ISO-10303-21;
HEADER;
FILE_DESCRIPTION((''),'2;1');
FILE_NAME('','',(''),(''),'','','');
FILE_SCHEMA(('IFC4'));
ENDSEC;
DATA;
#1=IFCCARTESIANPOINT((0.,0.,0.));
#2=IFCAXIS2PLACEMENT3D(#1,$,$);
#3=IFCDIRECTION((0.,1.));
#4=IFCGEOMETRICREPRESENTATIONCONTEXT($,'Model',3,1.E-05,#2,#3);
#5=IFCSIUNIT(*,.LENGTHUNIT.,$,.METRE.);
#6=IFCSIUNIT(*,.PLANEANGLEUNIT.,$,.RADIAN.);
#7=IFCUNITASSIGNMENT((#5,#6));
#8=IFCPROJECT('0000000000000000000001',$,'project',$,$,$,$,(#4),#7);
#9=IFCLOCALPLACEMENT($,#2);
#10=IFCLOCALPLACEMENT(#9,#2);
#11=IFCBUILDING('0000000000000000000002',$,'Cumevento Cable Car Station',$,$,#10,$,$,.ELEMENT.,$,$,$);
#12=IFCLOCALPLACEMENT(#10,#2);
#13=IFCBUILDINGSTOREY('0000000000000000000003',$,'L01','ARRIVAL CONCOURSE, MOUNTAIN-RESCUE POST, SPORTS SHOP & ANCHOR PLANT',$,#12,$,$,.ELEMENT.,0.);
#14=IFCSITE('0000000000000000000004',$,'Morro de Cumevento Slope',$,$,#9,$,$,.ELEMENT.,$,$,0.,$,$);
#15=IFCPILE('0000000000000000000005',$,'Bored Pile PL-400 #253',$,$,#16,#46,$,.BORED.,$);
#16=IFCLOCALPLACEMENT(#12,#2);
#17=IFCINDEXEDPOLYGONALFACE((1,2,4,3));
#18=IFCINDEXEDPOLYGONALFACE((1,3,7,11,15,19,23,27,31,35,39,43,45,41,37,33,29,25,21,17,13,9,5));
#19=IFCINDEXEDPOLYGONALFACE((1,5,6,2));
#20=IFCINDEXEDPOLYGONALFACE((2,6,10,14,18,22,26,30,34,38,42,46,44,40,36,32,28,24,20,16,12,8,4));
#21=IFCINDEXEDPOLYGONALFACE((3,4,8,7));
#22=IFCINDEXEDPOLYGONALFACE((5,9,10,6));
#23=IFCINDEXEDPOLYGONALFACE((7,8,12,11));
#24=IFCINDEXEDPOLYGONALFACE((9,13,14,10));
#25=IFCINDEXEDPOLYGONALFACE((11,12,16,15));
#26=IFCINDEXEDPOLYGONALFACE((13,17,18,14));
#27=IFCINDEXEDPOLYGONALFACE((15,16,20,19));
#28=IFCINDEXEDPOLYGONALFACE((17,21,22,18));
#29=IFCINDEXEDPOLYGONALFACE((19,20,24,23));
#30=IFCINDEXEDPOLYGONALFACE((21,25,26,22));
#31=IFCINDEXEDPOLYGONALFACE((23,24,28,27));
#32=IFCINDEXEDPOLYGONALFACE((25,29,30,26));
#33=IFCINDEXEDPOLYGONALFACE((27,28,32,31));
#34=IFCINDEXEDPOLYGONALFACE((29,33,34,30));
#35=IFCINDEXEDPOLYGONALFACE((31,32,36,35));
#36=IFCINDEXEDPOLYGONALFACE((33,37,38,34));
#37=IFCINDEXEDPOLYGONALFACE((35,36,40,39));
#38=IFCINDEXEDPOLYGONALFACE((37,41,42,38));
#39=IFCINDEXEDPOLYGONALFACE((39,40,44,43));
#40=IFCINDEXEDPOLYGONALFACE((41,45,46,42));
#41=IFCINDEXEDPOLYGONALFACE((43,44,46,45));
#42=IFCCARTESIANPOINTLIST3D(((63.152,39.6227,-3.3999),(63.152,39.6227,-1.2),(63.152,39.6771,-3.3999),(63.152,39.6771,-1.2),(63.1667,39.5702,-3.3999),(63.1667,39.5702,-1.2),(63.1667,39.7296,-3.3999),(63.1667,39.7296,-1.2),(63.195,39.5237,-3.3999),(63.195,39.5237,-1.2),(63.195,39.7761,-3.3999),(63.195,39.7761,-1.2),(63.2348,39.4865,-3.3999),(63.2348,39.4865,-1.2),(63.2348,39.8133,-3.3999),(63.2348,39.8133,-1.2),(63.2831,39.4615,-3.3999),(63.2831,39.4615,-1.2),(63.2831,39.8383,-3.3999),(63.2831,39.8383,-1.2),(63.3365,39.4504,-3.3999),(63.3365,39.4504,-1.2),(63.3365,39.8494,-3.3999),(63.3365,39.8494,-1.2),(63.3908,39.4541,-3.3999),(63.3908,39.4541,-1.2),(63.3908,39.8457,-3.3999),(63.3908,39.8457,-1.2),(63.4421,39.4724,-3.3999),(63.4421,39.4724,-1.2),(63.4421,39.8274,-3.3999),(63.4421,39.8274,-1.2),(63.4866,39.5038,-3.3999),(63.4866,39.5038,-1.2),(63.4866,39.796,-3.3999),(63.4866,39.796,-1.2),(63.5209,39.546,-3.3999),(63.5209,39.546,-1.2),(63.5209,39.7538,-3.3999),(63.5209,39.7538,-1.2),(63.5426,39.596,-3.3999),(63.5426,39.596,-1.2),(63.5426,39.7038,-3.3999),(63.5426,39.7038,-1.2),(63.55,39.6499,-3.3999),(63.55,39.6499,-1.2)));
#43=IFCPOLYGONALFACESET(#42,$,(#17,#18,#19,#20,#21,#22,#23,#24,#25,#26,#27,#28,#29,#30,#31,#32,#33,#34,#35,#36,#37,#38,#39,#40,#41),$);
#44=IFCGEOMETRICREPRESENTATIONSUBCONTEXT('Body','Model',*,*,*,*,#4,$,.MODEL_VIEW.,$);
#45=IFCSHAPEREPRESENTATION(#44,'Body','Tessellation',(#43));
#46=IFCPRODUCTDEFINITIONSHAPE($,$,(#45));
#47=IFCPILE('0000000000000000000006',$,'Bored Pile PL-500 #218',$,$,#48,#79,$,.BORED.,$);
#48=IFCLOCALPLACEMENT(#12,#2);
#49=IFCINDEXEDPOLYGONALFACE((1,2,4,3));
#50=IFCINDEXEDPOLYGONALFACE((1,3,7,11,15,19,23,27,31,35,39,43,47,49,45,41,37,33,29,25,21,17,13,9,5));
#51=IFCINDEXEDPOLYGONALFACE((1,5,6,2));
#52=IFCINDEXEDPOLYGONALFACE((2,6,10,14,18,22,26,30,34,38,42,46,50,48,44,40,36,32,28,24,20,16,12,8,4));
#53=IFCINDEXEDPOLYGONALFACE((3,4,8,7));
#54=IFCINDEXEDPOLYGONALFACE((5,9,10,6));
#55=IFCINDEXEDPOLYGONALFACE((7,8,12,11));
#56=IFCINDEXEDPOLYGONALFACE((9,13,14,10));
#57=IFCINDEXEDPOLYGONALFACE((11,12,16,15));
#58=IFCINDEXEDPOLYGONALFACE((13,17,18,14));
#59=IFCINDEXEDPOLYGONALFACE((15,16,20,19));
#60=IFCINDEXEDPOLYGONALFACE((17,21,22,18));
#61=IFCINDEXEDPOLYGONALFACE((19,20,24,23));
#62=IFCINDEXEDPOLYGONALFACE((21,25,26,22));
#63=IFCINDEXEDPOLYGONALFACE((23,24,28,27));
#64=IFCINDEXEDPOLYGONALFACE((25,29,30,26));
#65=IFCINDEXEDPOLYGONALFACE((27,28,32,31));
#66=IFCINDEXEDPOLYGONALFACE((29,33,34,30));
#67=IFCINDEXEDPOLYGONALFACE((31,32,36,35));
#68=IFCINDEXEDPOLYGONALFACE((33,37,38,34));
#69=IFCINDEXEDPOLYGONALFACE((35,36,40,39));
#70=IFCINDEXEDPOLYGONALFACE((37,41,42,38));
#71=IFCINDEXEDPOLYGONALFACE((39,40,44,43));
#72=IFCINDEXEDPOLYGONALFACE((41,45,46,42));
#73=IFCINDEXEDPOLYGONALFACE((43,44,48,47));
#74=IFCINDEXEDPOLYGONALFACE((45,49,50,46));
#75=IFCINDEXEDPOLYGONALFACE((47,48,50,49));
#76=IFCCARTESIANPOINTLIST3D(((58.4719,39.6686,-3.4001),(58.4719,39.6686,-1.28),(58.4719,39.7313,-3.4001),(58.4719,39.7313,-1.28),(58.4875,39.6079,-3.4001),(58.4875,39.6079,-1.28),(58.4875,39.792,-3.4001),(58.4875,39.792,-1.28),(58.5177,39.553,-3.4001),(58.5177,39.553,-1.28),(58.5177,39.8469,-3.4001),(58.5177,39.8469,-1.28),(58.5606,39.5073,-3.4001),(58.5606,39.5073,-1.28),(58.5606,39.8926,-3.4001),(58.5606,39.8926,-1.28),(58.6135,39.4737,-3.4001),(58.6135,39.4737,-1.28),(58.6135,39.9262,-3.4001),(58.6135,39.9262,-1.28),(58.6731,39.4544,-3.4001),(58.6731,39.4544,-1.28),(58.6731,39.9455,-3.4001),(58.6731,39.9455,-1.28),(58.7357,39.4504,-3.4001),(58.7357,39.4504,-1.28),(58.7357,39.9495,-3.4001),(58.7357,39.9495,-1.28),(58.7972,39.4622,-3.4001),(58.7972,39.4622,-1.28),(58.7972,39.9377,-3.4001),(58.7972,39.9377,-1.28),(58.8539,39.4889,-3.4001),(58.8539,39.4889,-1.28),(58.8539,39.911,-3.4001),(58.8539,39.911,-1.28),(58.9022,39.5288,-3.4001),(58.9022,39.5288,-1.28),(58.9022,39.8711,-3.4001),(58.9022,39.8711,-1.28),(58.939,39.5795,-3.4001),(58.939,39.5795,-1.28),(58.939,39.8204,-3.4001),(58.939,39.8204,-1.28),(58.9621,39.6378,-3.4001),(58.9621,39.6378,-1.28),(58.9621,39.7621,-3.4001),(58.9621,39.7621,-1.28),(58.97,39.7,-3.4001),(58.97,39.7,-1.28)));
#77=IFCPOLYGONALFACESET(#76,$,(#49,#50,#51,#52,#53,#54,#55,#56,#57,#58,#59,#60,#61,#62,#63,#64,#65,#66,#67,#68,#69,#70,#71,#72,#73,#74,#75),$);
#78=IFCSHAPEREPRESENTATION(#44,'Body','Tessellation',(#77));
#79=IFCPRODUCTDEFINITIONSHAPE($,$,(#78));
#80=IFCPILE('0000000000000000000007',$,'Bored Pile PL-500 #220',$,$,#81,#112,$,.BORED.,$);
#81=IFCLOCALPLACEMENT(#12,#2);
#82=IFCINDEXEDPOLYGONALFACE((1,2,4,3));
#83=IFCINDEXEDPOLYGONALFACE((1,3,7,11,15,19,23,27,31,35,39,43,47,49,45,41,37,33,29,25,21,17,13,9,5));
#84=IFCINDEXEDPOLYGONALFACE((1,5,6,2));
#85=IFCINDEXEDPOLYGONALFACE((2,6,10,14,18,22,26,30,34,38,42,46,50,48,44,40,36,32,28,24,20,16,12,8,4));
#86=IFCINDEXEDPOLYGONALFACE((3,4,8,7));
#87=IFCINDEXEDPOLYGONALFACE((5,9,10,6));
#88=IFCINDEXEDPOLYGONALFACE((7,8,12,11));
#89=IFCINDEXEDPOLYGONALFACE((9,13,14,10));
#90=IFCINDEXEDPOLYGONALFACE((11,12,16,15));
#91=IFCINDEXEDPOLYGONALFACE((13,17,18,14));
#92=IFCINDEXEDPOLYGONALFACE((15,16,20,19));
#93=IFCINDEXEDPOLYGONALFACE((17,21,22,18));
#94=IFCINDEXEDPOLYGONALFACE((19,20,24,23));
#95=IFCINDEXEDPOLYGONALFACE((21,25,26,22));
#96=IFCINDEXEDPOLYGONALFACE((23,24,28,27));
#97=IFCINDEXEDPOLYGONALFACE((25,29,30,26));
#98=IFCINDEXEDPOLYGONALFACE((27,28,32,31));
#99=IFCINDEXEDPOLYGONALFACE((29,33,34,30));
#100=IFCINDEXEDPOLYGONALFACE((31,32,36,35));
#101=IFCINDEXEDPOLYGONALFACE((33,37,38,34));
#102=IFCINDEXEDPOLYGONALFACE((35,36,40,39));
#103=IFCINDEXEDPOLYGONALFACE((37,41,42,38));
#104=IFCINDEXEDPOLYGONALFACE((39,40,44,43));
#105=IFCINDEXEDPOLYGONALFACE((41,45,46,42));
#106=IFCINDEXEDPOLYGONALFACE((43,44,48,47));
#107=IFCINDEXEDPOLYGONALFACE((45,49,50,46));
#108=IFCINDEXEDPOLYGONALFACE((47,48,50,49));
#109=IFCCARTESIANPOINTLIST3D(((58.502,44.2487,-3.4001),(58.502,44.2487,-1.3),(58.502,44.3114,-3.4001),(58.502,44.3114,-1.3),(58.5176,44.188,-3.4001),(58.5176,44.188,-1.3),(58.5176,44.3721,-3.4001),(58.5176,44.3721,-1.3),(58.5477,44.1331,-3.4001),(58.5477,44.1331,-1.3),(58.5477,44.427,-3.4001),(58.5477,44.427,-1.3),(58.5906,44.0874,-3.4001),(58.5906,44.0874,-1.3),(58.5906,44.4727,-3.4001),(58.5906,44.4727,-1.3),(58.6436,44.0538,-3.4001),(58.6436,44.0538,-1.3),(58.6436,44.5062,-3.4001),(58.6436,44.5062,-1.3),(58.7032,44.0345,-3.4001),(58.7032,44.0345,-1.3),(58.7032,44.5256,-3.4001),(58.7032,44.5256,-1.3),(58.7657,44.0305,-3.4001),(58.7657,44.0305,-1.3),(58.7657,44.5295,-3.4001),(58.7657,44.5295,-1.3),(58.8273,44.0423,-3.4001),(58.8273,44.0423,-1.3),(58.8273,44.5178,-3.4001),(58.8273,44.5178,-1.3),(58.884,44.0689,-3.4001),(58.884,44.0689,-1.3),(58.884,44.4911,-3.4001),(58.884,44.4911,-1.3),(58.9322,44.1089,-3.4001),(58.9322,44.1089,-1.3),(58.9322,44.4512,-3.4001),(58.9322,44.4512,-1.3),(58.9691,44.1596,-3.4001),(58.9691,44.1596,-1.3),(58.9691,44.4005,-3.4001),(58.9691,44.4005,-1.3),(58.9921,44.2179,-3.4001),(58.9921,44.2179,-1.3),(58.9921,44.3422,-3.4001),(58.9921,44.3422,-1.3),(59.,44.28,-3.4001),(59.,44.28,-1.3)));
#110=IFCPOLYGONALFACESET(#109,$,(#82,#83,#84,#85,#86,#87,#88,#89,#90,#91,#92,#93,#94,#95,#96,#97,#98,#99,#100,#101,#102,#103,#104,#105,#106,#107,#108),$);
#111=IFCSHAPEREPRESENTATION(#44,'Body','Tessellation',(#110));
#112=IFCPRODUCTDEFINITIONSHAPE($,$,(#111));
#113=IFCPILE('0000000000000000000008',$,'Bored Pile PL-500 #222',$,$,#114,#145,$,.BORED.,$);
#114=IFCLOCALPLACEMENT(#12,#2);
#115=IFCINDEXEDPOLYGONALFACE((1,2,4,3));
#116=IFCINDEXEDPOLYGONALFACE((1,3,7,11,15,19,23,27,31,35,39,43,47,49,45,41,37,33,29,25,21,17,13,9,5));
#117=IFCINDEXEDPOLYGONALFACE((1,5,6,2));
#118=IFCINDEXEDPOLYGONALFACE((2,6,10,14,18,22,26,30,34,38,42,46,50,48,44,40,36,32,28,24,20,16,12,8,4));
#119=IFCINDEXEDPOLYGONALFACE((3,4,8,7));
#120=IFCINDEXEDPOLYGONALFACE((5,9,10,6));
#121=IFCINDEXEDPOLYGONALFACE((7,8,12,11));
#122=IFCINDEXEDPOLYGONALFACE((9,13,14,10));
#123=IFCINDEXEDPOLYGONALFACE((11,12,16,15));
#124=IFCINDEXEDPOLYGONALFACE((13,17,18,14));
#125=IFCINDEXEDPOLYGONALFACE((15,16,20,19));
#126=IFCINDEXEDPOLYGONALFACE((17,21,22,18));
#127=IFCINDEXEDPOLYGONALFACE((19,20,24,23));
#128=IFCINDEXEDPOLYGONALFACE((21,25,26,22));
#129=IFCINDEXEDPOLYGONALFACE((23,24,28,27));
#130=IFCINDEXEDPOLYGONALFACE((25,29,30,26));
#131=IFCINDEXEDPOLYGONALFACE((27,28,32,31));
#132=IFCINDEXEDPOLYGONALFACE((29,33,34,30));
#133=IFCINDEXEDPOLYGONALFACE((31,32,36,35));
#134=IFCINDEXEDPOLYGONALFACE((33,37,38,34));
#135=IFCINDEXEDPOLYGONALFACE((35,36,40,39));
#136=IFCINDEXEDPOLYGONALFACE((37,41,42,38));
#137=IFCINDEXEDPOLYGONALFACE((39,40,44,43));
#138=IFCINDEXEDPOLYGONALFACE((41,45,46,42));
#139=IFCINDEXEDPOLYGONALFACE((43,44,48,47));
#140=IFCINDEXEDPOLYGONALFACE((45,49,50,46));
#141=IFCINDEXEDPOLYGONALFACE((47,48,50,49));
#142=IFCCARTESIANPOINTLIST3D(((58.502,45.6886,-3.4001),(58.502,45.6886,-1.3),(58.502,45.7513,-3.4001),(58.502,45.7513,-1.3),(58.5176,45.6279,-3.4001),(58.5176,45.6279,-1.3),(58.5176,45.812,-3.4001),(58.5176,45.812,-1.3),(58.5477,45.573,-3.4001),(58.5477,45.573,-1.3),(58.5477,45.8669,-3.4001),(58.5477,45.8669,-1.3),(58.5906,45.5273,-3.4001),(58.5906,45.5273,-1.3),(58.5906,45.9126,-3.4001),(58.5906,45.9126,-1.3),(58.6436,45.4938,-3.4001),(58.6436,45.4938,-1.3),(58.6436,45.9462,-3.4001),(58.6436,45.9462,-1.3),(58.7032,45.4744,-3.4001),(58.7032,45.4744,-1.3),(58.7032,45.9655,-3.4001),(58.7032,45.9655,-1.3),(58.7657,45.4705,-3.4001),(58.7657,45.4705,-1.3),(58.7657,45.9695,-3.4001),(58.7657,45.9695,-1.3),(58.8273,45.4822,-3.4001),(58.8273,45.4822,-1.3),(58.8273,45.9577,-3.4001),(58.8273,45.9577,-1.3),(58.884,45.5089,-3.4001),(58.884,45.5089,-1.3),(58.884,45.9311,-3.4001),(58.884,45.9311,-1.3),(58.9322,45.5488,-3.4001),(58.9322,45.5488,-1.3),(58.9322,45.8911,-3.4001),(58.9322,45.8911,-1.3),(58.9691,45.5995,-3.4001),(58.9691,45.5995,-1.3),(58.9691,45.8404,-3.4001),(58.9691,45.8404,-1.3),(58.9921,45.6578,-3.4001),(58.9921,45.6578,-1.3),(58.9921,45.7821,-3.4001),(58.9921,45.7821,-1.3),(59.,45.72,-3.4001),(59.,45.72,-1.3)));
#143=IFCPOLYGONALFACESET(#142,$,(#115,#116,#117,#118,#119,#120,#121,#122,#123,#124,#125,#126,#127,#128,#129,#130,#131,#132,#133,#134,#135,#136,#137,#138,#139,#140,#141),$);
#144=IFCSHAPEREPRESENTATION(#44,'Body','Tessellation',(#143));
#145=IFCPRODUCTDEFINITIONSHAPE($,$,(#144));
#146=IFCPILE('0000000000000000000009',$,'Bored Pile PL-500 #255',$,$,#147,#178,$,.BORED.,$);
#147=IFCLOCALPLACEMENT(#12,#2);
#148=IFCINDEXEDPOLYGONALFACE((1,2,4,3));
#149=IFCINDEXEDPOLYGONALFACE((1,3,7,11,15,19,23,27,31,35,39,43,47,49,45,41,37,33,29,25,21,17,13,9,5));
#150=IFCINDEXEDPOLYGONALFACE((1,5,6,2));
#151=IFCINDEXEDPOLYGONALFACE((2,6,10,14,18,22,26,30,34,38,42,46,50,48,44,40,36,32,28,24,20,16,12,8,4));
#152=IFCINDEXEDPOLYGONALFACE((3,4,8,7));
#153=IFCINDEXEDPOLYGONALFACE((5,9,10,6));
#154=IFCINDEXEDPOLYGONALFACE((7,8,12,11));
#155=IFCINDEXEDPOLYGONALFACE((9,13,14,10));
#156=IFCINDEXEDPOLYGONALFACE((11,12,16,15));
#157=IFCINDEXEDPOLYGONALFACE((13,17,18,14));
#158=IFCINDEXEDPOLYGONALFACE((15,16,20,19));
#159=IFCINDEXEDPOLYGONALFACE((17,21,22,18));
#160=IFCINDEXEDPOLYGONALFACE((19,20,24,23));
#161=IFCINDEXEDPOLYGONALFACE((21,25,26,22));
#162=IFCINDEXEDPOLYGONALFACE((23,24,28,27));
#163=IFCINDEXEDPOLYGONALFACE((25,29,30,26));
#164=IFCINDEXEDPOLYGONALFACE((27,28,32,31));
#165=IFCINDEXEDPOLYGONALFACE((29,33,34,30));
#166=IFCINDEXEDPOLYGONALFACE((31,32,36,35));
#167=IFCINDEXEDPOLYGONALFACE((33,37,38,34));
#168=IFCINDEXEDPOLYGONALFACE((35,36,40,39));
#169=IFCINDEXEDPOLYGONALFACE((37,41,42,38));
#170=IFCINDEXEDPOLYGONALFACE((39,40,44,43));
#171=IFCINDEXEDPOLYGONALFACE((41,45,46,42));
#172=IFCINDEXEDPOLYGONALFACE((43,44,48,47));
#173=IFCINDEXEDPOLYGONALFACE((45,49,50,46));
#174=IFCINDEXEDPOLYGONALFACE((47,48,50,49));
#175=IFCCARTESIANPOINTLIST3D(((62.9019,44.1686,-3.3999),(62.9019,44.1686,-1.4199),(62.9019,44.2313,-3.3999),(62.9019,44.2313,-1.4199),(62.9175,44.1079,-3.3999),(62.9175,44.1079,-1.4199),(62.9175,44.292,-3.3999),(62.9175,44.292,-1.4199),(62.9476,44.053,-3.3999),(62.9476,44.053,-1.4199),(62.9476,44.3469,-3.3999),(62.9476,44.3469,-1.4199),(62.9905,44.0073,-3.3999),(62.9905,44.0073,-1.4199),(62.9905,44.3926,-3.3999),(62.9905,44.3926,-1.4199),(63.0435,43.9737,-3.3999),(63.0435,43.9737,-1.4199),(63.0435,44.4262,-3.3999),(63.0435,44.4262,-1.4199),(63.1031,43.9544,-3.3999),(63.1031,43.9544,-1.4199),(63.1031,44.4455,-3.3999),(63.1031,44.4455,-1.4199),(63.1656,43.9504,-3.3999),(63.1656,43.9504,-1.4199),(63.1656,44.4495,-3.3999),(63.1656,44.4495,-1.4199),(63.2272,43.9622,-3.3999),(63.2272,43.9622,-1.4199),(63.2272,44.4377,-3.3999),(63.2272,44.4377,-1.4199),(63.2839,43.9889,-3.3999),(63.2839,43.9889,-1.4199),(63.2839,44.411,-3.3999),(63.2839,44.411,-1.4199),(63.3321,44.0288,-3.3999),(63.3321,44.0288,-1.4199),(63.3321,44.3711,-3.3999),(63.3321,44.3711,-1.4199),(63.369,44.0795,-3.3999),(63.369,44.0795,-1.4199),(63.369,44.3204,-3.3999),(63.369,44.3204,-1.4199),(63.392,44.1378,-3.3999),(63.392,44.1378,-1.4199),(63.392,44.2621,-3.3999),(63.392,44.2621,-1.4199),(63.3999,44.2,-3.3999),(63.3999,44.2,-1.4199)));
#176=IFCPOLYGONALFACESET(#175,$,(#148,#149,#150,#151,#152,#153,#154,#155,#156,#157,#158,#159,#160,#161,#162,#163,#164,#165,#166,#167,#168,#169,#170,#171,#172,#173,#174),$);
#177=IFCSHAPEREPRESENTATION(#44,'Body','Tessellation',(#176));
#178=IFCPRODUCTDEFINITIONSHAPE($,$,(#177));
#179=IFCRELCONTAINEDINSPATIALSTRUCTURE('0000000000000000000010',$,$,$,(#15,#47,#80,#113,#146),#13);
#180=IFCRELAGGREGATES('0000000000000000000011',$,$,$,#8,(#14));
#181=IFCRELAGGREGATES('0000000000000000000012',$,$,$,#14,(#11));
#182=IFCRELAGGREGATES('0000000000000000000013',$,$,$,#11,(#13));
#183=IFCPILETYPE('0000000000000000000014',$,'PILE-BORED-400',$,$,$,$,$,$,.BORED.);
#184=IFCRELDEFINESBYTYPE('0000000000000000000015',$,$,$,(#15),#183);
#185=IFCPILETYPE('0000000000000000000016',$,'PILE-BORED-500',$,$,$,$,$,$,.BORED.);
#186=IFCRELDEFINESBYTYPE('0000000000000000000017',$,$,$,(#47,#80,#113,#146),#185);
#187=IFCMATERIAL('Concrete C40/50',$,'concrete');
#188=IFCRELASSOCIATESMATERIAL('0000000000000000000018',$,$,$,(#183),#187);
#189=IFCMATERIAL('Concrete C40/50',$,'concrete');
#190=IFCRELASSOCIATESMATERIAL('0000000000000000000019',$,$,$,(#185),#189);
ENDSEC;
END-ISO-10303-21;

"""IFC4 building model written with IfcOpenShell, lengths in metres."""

from ifc_helpers import new_model, si_unit, direction, frame, origin, origin_2d, place, context, subcontext, project, spatial, circle, extrude, material, material_profile, profile_set, type_object, element, save


model = new_model("IFC4")

# Units and contexts
model_context = context("Model", 3, precision=1e-05, world=origin(), true_north=direction((0.0, 1.0)))
body_context = subcontext(model_context, "Body", "Model", "MODEL_VIEW")
ifc_project = project(units=[si_unit("LENGTHUNIT", "METRE"), si_unit("PLANEANGLEUNIT", "RADIAN")], contexts=[model_context])

# Site, building, storey
site_placement = place(None, origin())
site = spatial("IfcSite", under=ifc_project, at=site_placement, Name="Morro de Cumevento Slope", CompositionType="ELEMENT", RefElevation=0.0)
building_placement = place(site_placement, origin())
building = spatial("IfcBuilding", under=site, at=building_placement, Name="Cumevento Cable Car Station", CompositionType="ELEMENT")
storey_placement = place(building_placement, origin())
storey = spatial("IfcBuildingStorey", under=building, at=storey_placement, Name="L01", Description="ARRIVAL CONCOURSE, MOUNTAIN-RESCUE POST, SPORTS SHOP & ANCHOR PLANT", CompositionType="ELEMENT", Elevation=0.0)

# Piles
ifc_material_1 = material(Name="Concrete C40/50", Category="concrete")
ifc_material_profile_1 = material_profile(ifc_material_1, circle(Radius=0.2, at=origin_2d()), Name="PILE-D400")
ifc_profile_set_1 = profile_set([ifc_material_profile_1], Name="Concrete C40/50")
pile_type_1 = type_object("IfcPileType", Name="PILE-BORED-400", PredefinedType="BORED", material=ifc_profile_set_1)
pile_1_placement = place(storey_placement, frame((63.3501, 39.6499, -1.2), z_axis=(0.0, 0.0, -1.0), x_axis=(1.0, 0.0, 0.0)))
element("IfcPile", 1, at=pile_1_placement, inside=storey, type_object=pile_type_1, Name="Bored Pile PL-400 #253", PredefinedType="BORED", context=body_context, shape_type="SweptSolid", body=[
    extrude(circle(Radius=0.2, at=origin_2d()), origin(), (0.0, 0.0, 1.0), 2.2),
])
ifc_material_2 = material(Name="Concrete C40/50", Category="concrete")
ifc_material_profile_2 = material_profile(ifc_material_2, circle(Radius=0.25, at=origin_2d()), Name="PILE-D500")
ifc_profile_set_2 = profile_set([ifc_material_profile_2], Name="Concrete C40/50")
pile_type_2 = type_object("IfcPileType", Name="PILE-BORED-500", PredefinedType="BORED", material=ifc_profile_set_2)
pile_2_placement = place(storey_placement, frame((58.72, 39.7, -1.28), z_axis=(0.0, 0.0, -1.0), x_axis=(1.0, 0.0, 0.0)))
element("IfcPile", 2, at=pile_2_placement, inside=storey, type_object=pile_type_2, Name="Bored Pile PL-500 #218", PredefinedType="BORED", context=body_context, shape_type="SweptSolid", body=[
    extrude(circle(Radius=0.25, at=origin_2d()), origin(), (0.0, 0.0, 1.0), 2.1201),
])
for number, where, z_axis, x_axis, name in (
    (3, (58.75, 44.28, -1.3), (0.0, 0.0, -1.0), (1.0, 0.0, 0.0), "Bored Pile PL-500 #220"),
    (4, (58.75, 45.72, -1.3), (0.0, 0.0, -1.0), (1.0, 0.0, 0.0), "Bored Pile PL-500 #222"),
):
    element("IfcPile", number, at=place(storey_placement, frame(where, z_axis=z_axis, x_axis=x_axis)), inside=storey, type_object=pile_type_2, Name=name, PredefinedType="BORED", context=body_context, shape_type="SweptSolid", body=[
        extrude(circle(Radius=0.25, at=origin_2d()), origin(), (0.0, 0.0, 1.0), 2.1001),
    ])
for number, where, z_axis, x_axis, name in (
    (5, (63.1499, 44.2, -1.4199), (0.0, 0.0, -1.0), (1.0, 0.0, 0.0), "Bored Pile PL-500 #255"),
):
    element("IfcPile", number, at=place(storey_placement, frame(where, z_axis=z_axis, x_axis=x_axis)), inside=storey, type_object=pile_type_2, Name=name, PredefinedType="BORED", context=body_context, shape_type="SweptSolid", body=[
        extrude(circle(Radius=0.25, at=origin_2d()), origin(), (0.0, 0.0, 1.0), 1.98),
    ])

save(model, "model.ifc")
